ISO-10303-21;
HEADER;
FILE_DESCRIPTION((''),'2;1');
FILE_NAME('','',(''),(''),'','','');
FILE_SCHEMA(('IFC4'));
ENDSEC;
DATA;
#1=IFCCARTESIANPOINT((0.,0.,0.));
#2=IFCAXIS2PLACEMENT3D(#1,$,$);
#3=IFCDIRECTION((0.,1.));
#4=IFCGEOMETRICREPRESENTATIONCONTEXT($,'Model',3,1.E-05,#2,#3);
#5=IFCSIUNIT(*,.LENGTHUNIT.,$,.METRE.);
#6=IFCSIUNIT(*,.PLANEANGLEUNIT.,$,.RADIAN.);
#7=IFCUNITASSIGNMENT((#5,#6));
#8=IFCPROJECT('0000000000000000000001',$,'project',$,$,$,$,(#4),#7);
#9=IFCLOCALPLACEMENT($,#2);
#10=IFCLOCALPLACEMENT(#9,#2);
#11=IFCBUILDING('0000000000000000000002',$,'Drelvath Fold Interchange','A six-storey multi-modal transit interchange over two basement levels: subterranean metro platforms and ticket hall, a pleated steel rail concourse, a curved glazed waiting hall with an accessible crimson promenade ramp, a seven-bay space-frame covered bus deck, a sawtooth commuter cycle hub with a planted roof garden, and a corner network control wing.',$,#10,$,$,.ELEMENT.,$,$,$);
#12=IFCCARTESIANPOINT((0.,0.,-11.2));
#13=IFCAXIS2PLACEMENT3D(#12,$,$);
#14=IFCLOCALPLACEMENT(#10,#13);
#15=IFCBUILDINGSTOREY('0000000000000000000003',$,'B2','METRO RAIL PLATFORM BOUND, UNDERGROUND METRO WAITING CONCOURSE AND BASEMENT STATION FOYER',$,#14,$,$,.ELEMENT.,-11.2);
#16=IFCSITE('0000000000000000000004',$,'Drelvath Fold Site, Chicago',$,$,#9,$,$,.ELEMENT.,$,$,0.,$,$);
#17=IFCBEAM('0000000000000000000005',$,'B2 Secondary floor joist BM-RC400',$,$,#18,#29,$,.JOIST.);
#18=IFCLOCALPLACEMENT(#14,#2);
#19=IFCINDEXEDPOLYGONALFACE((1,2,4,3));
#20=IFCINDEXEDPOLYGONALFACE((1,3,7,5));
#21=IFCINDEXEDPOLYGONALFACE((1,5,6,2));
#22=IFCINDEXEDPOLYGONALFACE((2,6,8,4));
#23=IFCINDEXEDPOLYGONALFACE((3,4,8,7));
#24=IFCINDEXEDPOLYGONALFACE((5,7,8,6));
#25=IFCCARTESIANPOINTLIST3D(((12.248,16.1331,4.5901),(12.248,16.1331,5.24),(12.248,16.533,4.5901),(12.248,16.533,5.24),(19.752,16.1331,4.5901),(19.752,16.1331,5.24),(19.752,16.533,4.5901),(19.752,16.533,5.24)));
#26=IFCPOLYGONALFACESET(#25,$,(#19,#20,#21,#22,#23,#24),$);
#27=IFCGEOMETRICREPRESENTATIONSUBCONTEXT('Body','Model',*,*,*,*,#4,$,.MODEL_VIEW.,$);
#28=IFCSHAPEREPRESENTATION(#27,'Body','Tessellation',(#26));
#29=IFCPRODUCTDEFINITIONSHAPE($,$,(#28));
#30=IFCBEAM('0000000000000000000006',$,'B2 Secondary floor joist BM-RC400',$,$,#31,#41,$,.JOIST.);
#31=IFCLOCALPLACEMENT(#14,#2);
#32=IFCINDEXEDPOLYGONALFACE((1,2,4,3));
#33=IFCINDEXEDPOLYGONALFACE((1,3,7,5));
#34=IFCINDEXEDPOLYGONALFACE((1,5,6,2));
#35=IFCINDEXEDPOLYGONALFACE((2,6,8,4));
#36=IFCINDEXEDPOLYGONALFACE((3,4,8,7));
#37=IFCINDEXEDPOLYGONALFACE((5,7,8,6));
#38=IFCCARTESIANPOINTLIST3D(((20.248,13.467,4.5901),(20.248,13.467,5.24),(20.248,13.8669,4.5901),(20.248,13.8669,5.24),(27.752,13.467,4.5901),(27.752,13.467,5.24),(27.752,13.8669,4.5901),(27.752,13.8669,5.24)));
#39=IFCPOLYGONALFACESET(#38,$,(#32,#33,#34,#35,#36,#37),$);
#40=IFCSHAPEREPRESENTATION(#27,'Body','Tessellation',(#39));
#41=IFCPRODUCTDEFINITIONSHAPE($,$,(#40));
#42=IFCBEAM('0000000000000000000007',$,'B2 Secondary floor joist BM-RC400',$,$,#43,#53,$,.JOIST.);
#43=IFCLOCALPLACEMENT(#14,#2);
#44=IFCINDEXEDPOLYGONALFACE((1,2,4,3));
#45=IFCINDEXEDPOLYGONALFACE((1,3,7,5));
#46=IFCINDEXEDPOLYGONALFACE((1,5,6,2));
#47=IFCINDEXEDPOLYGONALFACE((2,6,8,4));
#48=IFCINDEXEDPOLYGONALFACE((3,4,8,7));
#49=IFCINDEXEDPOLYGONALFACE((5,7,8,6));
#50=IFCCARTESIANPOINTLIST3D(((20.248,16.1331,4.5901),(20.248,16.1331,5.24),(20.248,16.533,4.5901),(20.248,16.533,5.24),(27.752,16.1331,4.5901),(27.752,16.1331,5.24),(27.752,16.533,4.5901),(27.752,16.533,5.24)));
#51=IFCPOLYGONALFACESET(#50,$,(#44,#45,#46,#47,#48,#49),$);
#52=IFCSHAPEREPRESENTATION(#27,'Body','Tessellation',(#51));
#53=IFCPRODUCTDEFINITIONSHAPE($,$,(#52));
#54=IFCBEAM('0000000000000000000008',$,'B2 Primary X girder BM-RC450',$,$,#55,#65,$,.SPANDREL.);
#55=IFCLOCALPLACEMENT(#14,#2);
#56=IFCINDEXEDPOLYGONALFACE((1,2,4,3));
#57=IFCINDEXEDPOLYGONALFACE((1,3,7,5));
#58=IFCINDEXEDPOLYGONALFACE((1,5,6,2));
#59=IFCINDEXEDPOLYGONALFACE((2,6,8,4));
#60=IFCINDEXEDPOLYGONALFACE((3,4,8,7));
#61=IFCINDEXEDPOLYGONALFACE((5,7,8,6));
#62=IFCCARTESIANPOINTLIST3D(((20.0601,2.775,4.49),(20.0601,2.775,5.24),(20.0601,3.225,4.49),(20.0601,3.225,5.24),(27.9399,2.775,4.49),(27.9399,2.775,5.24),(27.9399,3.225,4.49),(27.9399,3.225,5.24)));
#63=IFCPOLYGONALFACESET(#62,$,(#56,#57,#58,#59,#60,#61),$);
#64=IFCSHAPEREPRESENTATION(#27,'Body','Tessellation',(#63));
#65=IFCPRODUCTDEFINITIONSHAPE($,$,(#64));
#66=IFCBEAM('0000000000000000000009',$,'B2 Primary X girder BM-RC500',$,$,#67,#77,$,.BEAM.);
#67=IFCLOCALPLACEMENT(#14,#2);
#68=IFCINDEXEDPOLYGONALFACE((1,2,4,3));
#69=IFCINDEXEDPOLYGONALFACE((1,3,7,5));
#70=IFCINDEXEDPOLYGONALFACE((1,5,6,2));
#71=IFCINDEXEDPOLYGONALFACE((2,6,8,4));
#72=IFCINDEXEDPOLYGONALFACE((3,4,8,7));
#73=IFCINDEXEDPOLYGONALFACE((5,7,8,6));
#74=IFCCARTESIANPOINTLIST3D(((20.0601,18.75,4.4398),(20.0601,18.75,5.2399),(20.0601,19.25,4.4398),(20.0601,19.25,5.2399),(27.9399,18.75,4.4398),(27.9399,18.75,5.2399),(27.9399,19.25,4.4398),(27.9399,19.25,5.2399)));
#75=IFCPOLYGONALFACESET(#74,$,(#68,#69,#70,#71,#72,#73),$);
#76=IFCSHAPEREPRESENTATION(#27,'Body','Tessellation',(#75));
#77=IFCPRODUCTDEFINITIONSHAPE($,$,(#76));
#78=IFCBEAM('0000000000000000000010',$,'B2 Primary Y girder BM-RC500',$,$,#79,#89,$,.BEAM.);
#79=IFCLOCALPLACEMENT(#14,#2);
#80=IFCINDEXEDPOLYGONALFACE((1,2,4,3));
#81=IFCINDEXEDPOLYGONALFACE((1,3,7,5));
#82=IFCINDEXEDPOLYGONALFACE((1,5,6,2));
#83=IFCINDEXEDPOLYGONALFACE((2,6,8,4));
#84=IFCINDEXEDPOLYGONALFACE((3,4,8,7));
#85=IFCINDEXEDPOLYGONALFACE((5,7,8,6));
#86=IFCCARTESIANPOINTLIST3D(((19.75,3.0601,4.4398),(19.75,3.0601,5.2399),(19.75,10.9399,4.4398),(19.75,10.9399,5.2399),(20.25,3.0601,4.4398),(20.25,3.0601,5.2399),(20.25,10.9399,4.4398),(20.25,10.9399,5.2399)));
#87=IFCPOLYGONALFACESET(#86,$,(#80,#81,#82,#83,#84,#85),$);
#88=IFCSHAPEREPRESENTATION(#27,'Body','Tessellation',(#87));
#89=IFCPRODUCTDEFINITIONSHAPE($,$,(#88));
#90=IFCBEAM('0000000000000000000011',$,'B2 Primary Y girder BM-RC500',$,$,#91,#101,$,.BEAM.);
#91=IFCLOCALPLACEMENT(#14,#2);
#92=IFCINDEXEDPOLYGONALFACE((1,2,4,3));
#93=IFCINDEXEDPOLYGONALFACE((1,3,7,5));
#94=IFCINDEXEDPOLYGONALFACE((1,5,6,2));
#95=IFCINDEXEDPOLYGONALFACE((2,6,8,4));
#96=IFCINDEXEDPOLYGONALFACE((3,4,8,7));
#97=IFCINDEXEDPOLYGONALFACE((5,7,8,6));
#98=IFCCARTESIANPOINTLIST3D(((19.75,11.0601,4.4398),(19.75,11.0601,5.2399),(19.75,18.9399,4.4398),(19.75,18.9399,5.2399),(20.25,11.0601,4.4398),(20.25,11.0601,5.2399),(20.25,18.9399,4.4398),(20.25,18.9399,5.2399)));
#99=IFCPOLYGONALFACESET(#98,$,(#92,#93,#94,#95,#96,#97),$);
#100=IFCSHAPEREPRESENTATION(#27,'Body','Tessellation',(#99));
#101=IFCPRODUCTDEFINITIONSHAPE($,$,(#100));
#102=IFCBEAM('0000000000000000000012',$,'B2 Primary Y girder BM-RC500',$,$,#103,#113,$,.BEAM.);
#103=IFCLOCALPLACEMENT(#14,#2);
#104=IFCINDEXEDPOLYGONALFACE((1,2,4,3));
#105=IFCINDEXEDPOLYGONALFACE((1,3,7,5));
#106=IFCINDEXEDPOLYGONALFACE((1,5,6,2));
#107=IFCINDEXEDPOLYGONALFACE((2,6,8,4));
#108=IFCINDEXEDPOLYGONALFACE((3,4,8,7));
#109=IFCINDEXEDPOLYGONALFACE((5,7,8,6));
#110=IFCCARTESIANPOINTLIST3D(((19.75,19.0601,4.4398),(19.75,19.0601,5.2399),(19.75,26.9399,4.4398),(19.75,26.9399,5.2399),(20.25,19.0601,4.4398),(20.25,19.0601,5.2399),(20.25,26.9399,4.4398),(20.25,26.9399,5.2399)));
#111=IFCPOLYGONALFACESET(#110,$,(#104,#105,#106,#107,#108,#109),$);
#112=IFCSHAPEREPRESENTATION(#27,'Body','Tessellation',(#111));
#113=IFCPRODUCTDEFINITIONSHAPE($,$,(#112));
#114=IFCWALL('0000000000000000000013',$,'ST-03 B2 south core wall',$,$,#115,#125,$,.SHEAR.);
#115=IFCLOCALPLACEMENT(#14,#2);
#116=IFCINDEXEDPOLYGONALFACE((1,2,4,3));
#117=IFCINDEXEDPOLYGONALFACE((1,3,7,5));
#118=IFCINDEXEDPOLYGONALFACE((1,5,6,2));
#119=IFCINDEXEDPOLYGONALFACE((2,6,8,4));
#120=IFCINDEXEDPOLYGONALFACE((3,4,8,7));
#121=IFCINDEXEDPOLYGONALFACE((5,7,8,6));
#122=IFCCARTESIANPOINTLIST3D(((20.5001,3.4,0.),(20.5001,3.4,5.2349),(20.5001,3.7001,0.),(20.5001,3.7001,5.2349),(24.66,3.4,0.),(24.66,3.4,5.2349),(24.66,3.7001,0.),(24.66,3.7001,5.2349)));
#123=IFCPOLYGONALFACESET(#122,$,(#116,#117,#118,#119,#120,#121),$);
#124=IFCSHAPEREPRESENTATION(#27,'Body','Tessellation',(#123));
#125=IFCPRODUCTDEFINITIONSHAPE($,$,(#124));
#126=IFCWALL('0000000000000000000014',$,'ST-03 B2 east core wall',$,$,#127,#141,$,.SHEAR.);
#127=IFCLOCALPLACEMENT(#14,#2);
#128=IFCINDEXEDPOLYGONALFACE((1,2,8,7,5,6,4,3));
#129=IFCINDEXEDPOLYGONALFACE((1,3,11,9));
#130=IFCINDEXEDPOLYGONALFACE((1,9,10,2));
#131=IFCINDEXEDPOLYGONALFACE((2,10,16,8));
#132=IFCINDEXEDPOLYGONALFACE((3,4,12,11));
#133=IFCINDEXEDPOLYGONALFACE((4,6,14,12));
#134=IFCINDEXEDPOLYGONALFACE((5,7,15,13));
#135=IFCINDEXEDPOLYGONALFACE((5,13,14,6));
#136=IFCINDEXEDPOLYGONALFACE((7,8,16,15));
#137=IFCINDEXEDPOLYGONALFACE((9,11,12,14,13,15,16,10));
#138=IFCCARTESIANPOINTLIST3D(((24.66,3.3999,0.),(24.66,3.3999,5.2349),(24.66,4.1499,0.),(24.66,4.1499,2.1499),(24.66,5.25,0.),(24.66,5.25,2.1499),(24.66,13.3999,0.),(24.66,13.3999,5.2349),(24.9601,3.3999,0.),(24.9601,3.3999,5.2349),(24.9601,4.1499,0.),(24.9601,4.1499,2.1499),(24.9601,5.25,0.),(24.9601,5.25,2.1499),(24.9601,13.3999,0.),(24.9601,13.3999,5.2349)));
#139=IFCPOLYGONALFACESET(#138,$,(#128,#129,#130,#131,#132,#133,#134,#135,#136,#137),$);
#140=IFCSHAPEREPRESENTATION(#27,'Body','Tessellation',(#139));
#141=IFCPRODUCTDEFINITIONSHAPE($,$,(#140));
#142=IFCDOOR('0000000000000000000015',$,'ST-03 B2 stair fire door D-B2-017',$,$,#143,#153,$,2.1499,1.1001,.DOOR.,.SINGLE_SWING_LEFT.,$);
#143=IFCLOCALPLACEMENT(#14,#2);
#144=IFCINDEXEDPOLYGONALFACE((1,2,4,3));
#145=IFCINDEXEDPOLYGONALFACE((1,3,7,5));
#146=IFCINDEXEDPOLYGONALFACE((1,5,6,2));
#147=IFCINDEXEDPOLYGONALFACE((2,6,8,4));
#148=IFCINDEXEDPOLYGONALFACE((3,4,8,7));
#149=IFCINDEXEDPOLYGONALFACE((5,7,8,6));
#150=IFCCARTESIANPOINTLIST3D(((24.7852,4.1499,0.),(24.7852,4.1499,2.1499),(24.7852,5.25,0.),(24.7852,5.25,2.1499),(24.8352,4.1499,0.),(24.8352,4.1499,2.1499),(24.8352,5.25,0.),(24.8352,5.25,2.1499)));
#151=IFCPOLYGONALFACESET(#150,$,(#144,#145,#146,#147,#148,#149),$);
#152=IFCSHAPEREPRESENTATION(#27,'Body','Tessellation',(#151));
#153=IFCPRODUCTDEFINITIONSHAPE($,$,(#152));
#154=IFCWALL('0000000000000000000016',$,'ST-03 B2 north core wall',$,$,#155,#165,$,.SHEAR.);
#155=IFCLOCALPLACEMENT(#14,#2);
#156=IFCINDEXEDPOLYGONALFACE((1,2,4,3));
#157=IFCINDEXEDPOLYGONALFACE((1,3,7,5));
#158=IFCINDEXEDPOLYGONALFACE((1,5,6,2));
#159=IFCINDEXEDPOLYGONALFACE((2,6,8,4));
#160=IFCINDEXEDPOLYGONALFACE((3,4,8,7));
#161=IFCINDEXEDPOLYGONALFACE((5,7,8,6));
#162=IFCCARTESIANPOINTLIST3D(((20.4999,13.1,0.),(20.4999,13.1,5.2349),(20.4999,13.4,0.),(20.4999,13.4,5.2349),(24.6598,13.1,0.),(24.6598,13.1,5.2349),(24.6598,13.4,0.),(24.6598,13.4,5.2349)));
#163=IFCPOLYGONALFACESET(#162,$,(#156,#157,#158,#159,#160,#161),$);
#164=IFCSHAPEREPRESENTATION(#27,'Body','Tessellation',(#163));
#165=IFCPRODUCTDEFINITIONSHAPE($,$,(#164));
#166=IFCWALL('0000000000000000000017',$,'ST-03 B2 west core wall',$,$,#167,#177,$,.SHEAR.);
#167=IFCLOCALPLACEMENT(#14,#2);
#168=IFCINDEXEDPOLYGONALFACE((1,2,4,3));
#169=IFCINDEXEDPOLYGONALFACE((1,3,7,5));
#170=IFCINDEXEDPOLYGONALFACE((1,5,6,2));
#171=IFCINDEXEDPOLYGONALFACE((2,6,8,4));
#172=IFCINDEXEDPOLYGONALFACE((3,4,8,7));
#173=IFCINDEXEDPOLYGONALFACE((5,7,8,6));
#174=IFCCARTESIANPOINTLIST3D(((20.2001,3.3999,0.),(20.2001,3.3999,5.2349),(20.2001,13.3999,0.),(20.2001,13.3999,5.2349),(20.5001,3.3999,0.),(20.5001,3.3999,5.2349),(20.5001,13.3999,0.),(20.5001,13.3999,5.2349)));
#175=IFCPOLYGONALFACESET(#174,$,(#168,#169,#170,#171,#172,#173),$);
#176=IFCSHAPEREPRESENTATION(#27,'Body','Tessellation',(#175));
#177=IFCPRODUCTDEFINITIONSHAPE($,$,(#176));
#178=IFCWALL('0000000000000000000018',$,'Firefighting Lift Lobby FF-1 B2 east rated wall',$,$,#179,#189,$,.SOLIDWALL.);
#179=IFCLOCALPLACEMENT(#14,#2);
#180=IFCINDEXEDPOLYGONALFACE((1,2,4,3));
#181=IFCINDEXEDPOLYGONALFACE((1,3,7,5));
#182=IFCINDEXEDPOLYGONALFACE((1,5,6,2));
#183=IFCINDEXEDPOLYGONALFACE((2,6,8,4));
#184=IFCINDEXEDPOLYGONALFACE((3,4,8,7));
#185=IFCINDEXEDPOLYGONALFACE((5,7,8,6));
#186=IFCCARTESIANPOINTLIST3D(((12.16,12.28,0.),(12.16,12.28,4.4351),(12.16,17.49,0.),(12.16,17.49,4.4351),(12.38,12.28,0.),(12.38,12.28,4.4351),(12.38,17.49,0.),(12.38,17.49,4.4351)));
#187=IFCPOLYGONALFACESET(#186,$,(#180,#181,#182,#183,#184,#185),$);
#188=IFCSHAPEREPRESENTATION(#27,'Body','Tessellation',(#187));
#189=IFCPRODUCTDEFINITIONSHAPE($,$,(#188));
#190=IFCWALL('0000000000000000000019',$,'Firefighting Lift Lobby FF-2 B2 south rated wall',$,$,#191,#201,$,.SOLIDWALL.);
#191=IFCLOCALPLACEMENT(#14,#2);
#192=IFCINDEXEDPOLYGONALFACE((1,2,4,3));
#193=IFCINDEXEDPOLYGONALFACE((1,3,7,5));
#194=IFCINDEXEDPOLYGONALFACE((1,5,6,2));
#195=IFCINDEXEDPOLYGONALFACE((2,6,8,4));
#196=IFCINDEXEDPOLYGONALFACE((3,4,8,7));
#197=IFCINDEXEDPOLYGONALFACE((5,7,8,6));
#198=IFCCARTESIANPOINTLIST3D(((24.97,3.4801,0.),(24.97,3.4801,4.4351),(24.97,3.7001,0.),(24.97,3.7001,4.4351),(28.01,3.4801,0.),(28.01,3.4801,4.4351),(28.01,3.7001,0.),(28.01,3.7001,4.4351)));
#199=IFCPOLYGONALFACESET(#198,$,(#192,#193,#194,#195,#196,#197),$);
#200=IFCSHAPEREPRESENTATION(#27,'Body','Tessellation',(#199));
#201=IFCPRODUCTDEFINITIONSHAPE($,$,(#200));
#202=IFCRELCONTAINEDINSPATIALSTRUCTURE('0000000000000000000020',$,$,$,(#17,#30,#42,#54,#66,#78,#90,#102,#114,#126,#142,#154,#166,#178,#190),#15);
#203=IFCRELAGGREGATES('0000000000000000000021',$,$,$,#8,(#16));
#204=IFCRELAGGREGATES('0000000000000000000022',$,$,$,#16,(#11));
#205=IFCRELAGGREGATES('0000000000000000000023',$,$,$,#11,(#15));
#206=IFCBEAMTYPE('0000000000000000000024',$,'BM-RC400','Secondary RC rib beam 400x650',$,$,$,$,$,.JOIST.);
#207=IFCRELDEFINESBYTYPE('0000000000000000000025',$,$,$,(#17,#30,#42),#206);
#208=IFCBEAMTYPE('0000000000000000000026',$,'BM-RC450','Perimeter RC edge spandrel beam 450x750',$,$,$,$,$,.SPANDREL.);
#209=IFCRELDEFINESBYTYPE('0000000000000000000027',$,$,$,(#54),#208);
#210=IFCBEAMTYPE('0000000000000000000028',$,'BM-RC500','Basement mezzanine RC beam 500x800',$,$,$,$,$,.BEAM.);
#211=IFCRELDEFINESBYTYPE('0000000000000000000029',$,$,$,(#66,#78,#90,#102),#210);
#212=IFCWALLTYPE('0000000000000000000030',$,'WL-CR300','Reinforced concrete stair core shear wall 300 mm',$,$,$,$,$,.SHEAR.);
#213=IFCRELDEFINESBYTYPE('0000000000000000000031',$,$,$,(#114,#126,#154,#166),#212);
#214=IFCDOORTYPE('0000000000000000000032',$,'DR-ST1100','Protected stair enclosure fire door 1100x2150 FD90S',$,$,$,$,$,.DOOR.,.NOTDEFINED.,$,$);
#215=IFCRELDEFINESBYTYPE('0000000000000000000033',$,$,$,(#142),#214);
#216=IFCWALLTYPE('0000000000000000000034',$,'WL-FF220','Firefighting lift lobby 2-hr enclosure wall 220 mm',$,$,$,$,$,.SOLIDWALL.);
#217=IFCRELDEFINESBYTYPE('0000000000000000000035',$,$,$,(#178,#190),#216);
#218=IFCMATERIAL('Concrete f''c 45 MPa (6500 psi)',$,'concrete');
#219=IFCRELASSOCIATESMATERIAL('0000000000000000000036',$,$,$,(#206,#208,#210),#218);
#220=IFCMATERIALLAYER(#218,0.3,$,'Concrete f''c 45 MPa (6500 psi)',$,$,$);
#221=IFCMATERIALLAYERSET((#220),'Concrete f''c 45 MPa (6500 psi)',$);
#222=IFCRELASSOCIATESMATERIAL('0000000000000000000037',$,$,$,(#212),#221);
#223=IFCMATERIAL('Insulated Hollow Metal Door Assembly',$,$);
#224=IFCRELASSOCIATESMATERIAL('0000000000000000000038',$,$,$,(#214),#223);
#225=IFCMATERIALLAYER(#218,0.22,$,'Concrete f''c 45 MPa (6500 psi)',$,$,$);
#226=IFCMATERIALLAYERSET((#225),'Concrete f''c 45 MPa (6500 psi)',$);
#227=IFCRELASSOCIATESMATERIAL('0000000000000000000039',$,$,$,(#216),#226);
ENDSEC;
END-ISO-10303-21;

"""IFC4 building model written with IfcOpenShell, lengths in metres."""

from ifc_helpers import new_model, si_unit, direction, frame, frame_2d, origin, origin_2d, place, context, subcontext, project, spatial, rectangle, extrude, material, layer, layer_set, material_profile, profile_set, type_object, element, fill, save


model = new_model("IFC4")

# Units and contexts
model_context = context("Model", 3, precision=1e-05, world=origin(), true_north=direction((0.0, 1.0)))
body_context = subcontext(model_context, "Body", "Model", "MODEL_VIEW")
ifc_project = project(units=[si_unit("LENGTHUNIT", "METRE"), si_unit("PLANEANGLEUNIT", "RADIAN")], contexts=[model_context])

# Site, building, storey
site_placement = place(None, origin())
site = spatial("IfcSite", under=ifc_project, at=site_placement, Name="Drelvath Fold Site, Chicago", CompositionType="ELEMENT", RefElevation=0.0)
building_placement = place(site_placement, origin())
building = spatial("IfcBuilding", under=site, at=building_placement, Name="Drelvath Fold Interchange", Description="A six-storey multi-modal transit interchange over two basement levels: subterranean metro platforms and ticket hall, a pleated steel rail concourse, a curved glazed waiting hall with an accessible crimson promenade ramp, a seven-bay space-frame covered bus deck, a sawtooth commuter cycle hub with a planted roof garden, and a corner network control wing.", CompositionType="ELEMENT")
storey_placement = place(building_placement, frame((0.0, 0.0, -11.2)))
storey = spatial("IfcBuildingStorey", under=building, at=storey_placement, Name="B2", Description="METRO RAIL PLATFORM BOUND, UNDERGROUND METRO WAITING CONCOURSE AND BASEMENT STATION FOYER", CompositionType="ELEMENT", Elevation=-11.2)

# Beams
ifc_material_1 = material(Name="Concrete f'c 45 MPa (6500 psi)", Category="concrete")
ifc_material_profile_1 = material_profile(ifc_material_1, rectangle(XDim=0.3999, YDim=0.6499, at=origin_2d()), Name="RC 400x650")
ifc_profile_set_1 = profile_set([ifc_material_profile_1], Name="Concrete f'c 45 MPa (6500 psi)")
beam_type_1 = type_object("IfcBeamType", Name="BM-RC400", Description="Secondary RC rib beam 400x650", PredefinedType="JOIST", material=ifc_profile_set_1)
for number, where, z_axis, x_axis, name in (
    (1, (12.248, 16.333, 4.915), (1.0, 0.0, 0.0), (0.0, 1.0, 0.0), "B2 Secondary floor joist BM-RC400"),
    (2, (20.248, 13.667, 4.915), (1.0, 0.0, 0.0), (0.0, 1.0, 0.0), "B2 Secondary floor joist BM-RC400"),
    (3, (20.248, 16.333, 4.915), (1.0, 0.0, 0.0), (0.0, 1.0, 0.0), "B2 Secondary floor joist BM-RC400"),
):
    element("IfcBeam", number, at=place(storey_placement, frame(where, z_axis=z_axis, x_axis=x_axis)), inside=storey, type_object=beam_type_1, Name=name, PredefinedType="JOIST", context=body_context, shape_type="SweptSolid", body=[
        extrude(rectangle(XDim=0.3999, YDim=0.6499, at=origin_2d()), origin(), (0.0, 0.0, 1.0), 7.5039),
    ])
ifc_material_profile_2 = material_profile(ifc_material_1, rectangle(XDim=0.45, YDim=0.75, at=origin_2d()), Name="RC 450x750")
ifc_profile_set_2 = profile_set([ifc_material_profile_2], Name="Concrete f'c 45 MPa (6500 psi)")
beam_type_2 = type_object("IfcBeamType", Name="BM-RC450", Description="Perimeter RC edge spandrel beam 450x750", PredefinedType="SPANDREL", material=ifc_profile_set_2)
beam_placement = place(storey_placement, frame((20.0601, 3.0, 4.865), z_axis=(1.0, 0.0, 0.0), x_axis=(0.0, 1.0, 0.0)))
element("IfcBeam", 4, at=beam_placement, inside=storey, type_object=beam_type_2, Name="B2 Primary X girder BM-RC450", PredefinedType="SPANDREL", context=body_context, shape_type="SweptSolid", body=[
    extrude(rectangle(XDim=0.45, YDim=0.75, at=origin_2d()), origin(), (0.0, 0.0, 1.0), 7.8799),
])
ifc_material_profile_3 = material_profile(ifc_material_1, rectangle(XDim=0.5, YDim=0.8, at=origin_2d()), Name="RC 500x800")
ifc_profile_set_3 = profile_set([ifc_material_profile_3], Name="Concrete f'c 45 MPa (6500 psi)")
beam_type_3 = type_object("IfcBeamType", Name="BM-RC500", Description="Basement mezzanine RC beam 500x800", PredefinedType="BEAM", material=ifc_profile_set_3)
for number, where, z_axis, x_axis, name in (
    (5, (20.0601, 19.0, 4.8398), (1.0, 0.0, 0.0), (0.0, 1.0, 0.0), "B2 Primary X girder BM-RC500"),
    (6, (20.0, 3.0601, 4.8398), (0.0, 1.0, 0.0), (-1.0, 0.0, 0.0), "B2 Primary Y girder BM-RC500"),
    (7, (20.0, 11.0601, 4.8398), (0.0, 1.0, 0.0), (-1.0, 0.0, 0.0), "B2 Primary Y girder BM-RC500"),
    (8, (20.0, 19.0601, 4.8398), (0.0, 1.0, 0.0), (-1.0, 0.0, 0.0), "B2 Primary Y girder BM-RC500"),
):
    element("IfcBeam", number, at=place(storey_placement, frame(where, z_axis=z_axis, x_axis=x_axis)), inside=storey, type_object=beam_type_3, Name=name, PredefinedType="BEAM", context=body_context, shape_type="SweptSolid", body=[
        extrude(rectangle(XDim=0.5, YDim=0.8, at=origin_2d()), origin(), (0.0, 0.0, 1.0), 7.8799),
    ])

# Wall
ifc_layer_1 = layer(ifc_material_1, 0.3, Name="Concrete f'c 45 MPa (6500 psi)")
ifc_layer_set_1 = layer_set([ifc_layer_1], Name="Concrete f'c 45 MPa (6500 psi)")
wall_type_1 = type_object("IfcWallType", Name="WL-CR300", Description="Reinforced concrete stair core shear wall 300 mm", PredefinedType="SHEAR", material=ifc_layer_set_1)
wall_1_placement = place(storey_placement, frame((20.5, 3.55, 0.0), z_axis=(0.0, 0.0, 1.0), x_axis=(1.0, 0.0, 0.0)))
element("IfcWall", 9, at=wall_1_placement, inside=storey, type_object=wall_type_1, Name="ST-03 B2 south core wall", PredefinedType="SHEAR", context=body_context, shape_type="SweptSolid", body=[
    extrude(rectangle(XDim=4.1599, YDim=0.3, at=frame_2d((2.0801, 0.0))), origin(), (0.0, 0.0, 1.0), 5.2349),
])

# Wall, opening, door
wall_2_placement = place(storey_placement, frame((24.8101, 3.3999, 0.0), z_axis=(0.0, 0.0, 1.0), x_axis=(0.0, 1.0, 0.0)))
wall_2 = element("IfcWall", 10, at=wall_2_placement, inside=storey, type_object=wall_type_1, Name="ST-03 B2 east core wall", PredefinedType="SHEAR", context=body_context, shape_type="SweptSolid", body=[
    extrude(rectangle(XDim=10.0, YDim=0.3, at=frame_2d((5.0, 0.0))), origin(), (0.0, 0.0, 1.0), 5.2349),
])
opening_1_placement = place(wall_2_placement, frame((0.75, 0.0, 0.0)))
opening_1 = element("IfcOpeningElement", 11, at=opening_1_placement, cuts=wall_2, PredefinedType="OPENING", context=body_context, shape_type="SweptSolid", body=[
    extrude(rectangle(XDim=1.1001, YDim=2.1499, at=frame_2d((0.55, 1.075))), frame((0.0, 0.1599, 0.0), z_axis=(0.0, -1.0, 0.0), x_axis=(1.0, 0.0, 0.0)), (0.0, 0.0, 1.0), 0.3201),
])
ifc_material_2 = material(Name="Insulated Hollow Metal Door Assembly")
door_type_1 = type_object("IfcDoorType", Name="DR-ST1100", Description="Protected stair enclosure fire door 1100x2150 FD90S", OperationType="NOTDEFINED", PredefinedType="DOOR", material=ifc_material_2)
door_1_placement = place(opening_1_placement, origin())
door_1 = element("IfcDoor", 12, at=door_1_placement, inside=storey, type_object=door_type_1, Name="ST-03 B2 stair fire door D-B2-017", OperationType="SINGLE_SWING_LEFT", OverallHeight=2.1499, OverallWidth=1.1001, PredefinedType="DOOR", context=body_context, shape_type="SweptSolid", body=[
    extrude(rectangle(XDim=1.1001, YDim=2.1499, at=frame_2d((0.55, 1.075))), frame((0.0, 0.0249, 0.0), z_axis=(0.0, -1.0, 0.0), x_axis=(1.0, 0.0, 0.0)), (0.0, 0.0, 1.0), 0.05),
])
fill(opening_1, door_1)

# Walls
wall_3_placement = place(storey_placement, frame((24.6599, 13.25, 0.0), z_axis=(0.0, 0.0, 1.0), x_axis=(-1.0, 0.0, 0.0)))
element("IfcWall", 13, at=wall_3_placement, inside=storey, type_object=wall_type_1, Name="ST-03 B2 north core wall", PredefinedType="SHEAR", context=body_context, shape_type="SweptSolid", body=[
    extrude(rectangle(XDim=4.1599, YDim=0.3, at=frame_2d((2.0801, 0.0))), origin(), (0.0, 0.0, 1.0), 5.2349),
])
wall_4_placement = place(storey_placement, frame((20.3501, 13.3999, 0.0), z_axis=(0.0, 0.0, 1.0), x_axis=(0.0, -1.0, 0.0)))
element("IfcWall", 14, at=wall_4_placement, inside=storey, type_object=wall_type_1, Name="ST-03 B2 west core wall", PredefinedType="SHEAR", context=body_context, shape_type="SweptSolid", body=[
    extrude(rectangle(XDim=10.0, YDim=0.3, at=frame_2d((5.0, 0.0))), origin(), (0.0, 0.0, 1.0), 5.2349),
])
ifc_layer_2 = layer(ifc_material_1, 0.22, Name="Concrete f'c 45 MPa (6500 psi)")
ifc_layer_set_2 = layer_set([ifc_layer_2], Name="Concrete f'c 45 MPa (6500 psi)")
wall_type_2 = type_object("IfcWallType", Name="WL-FF220", Description="Firefighting lift lobby 2-hr enclosure wall 220 mm", PredefinedType="SOLIDWALL", material=ifc_layer_set_2)
wall_5_placement = place(storey_placement, frame((12.27, 12.28, 0.0), z_axis=(0.0, 0.0, 1.0), x_axis=(0.0, 1.0, 0.0)))
element("IfcWall", 15, at=wall_5_placement, inside=storey, type_object=wall_type_2, Name="Firefighting Lift Lobby FF-1 B2 east rated wall", PredefinedType="SOLIDWALL", context=body_context, shape_type="SweptSolid", body=[
    extrude(rectangle(XDim=5.21, YDim=0.22, at=frame_2d((2.605, 0.0))), origin(), (0.0, 0.0, 1.0), 4.4351),
])
wall_6_placement = place(storey_placement, frame((24.97, 3.5901, 0.0), z_axis=(0.0, 0.0, 1.0), x_axis=(1.0, 0.0, 0.0)))
element("IfcWall", 16, at=wall_6_placement, inside=storey, type_object=wall_type_2, Name="Firefighting Lift Lobby FF-2 B2 south rated wall", PredefinedType="SOLIDWALL", context=body_context, shape_type="SweptSolid", body=[
    extrude(rectangle(XDim=3.04, YDim=0.22, at=frame_2d((1.52, 0.0))), origin(), (0.0, 0.0, 1.0), 4.4351),
])

save(model, "model.ifc")
